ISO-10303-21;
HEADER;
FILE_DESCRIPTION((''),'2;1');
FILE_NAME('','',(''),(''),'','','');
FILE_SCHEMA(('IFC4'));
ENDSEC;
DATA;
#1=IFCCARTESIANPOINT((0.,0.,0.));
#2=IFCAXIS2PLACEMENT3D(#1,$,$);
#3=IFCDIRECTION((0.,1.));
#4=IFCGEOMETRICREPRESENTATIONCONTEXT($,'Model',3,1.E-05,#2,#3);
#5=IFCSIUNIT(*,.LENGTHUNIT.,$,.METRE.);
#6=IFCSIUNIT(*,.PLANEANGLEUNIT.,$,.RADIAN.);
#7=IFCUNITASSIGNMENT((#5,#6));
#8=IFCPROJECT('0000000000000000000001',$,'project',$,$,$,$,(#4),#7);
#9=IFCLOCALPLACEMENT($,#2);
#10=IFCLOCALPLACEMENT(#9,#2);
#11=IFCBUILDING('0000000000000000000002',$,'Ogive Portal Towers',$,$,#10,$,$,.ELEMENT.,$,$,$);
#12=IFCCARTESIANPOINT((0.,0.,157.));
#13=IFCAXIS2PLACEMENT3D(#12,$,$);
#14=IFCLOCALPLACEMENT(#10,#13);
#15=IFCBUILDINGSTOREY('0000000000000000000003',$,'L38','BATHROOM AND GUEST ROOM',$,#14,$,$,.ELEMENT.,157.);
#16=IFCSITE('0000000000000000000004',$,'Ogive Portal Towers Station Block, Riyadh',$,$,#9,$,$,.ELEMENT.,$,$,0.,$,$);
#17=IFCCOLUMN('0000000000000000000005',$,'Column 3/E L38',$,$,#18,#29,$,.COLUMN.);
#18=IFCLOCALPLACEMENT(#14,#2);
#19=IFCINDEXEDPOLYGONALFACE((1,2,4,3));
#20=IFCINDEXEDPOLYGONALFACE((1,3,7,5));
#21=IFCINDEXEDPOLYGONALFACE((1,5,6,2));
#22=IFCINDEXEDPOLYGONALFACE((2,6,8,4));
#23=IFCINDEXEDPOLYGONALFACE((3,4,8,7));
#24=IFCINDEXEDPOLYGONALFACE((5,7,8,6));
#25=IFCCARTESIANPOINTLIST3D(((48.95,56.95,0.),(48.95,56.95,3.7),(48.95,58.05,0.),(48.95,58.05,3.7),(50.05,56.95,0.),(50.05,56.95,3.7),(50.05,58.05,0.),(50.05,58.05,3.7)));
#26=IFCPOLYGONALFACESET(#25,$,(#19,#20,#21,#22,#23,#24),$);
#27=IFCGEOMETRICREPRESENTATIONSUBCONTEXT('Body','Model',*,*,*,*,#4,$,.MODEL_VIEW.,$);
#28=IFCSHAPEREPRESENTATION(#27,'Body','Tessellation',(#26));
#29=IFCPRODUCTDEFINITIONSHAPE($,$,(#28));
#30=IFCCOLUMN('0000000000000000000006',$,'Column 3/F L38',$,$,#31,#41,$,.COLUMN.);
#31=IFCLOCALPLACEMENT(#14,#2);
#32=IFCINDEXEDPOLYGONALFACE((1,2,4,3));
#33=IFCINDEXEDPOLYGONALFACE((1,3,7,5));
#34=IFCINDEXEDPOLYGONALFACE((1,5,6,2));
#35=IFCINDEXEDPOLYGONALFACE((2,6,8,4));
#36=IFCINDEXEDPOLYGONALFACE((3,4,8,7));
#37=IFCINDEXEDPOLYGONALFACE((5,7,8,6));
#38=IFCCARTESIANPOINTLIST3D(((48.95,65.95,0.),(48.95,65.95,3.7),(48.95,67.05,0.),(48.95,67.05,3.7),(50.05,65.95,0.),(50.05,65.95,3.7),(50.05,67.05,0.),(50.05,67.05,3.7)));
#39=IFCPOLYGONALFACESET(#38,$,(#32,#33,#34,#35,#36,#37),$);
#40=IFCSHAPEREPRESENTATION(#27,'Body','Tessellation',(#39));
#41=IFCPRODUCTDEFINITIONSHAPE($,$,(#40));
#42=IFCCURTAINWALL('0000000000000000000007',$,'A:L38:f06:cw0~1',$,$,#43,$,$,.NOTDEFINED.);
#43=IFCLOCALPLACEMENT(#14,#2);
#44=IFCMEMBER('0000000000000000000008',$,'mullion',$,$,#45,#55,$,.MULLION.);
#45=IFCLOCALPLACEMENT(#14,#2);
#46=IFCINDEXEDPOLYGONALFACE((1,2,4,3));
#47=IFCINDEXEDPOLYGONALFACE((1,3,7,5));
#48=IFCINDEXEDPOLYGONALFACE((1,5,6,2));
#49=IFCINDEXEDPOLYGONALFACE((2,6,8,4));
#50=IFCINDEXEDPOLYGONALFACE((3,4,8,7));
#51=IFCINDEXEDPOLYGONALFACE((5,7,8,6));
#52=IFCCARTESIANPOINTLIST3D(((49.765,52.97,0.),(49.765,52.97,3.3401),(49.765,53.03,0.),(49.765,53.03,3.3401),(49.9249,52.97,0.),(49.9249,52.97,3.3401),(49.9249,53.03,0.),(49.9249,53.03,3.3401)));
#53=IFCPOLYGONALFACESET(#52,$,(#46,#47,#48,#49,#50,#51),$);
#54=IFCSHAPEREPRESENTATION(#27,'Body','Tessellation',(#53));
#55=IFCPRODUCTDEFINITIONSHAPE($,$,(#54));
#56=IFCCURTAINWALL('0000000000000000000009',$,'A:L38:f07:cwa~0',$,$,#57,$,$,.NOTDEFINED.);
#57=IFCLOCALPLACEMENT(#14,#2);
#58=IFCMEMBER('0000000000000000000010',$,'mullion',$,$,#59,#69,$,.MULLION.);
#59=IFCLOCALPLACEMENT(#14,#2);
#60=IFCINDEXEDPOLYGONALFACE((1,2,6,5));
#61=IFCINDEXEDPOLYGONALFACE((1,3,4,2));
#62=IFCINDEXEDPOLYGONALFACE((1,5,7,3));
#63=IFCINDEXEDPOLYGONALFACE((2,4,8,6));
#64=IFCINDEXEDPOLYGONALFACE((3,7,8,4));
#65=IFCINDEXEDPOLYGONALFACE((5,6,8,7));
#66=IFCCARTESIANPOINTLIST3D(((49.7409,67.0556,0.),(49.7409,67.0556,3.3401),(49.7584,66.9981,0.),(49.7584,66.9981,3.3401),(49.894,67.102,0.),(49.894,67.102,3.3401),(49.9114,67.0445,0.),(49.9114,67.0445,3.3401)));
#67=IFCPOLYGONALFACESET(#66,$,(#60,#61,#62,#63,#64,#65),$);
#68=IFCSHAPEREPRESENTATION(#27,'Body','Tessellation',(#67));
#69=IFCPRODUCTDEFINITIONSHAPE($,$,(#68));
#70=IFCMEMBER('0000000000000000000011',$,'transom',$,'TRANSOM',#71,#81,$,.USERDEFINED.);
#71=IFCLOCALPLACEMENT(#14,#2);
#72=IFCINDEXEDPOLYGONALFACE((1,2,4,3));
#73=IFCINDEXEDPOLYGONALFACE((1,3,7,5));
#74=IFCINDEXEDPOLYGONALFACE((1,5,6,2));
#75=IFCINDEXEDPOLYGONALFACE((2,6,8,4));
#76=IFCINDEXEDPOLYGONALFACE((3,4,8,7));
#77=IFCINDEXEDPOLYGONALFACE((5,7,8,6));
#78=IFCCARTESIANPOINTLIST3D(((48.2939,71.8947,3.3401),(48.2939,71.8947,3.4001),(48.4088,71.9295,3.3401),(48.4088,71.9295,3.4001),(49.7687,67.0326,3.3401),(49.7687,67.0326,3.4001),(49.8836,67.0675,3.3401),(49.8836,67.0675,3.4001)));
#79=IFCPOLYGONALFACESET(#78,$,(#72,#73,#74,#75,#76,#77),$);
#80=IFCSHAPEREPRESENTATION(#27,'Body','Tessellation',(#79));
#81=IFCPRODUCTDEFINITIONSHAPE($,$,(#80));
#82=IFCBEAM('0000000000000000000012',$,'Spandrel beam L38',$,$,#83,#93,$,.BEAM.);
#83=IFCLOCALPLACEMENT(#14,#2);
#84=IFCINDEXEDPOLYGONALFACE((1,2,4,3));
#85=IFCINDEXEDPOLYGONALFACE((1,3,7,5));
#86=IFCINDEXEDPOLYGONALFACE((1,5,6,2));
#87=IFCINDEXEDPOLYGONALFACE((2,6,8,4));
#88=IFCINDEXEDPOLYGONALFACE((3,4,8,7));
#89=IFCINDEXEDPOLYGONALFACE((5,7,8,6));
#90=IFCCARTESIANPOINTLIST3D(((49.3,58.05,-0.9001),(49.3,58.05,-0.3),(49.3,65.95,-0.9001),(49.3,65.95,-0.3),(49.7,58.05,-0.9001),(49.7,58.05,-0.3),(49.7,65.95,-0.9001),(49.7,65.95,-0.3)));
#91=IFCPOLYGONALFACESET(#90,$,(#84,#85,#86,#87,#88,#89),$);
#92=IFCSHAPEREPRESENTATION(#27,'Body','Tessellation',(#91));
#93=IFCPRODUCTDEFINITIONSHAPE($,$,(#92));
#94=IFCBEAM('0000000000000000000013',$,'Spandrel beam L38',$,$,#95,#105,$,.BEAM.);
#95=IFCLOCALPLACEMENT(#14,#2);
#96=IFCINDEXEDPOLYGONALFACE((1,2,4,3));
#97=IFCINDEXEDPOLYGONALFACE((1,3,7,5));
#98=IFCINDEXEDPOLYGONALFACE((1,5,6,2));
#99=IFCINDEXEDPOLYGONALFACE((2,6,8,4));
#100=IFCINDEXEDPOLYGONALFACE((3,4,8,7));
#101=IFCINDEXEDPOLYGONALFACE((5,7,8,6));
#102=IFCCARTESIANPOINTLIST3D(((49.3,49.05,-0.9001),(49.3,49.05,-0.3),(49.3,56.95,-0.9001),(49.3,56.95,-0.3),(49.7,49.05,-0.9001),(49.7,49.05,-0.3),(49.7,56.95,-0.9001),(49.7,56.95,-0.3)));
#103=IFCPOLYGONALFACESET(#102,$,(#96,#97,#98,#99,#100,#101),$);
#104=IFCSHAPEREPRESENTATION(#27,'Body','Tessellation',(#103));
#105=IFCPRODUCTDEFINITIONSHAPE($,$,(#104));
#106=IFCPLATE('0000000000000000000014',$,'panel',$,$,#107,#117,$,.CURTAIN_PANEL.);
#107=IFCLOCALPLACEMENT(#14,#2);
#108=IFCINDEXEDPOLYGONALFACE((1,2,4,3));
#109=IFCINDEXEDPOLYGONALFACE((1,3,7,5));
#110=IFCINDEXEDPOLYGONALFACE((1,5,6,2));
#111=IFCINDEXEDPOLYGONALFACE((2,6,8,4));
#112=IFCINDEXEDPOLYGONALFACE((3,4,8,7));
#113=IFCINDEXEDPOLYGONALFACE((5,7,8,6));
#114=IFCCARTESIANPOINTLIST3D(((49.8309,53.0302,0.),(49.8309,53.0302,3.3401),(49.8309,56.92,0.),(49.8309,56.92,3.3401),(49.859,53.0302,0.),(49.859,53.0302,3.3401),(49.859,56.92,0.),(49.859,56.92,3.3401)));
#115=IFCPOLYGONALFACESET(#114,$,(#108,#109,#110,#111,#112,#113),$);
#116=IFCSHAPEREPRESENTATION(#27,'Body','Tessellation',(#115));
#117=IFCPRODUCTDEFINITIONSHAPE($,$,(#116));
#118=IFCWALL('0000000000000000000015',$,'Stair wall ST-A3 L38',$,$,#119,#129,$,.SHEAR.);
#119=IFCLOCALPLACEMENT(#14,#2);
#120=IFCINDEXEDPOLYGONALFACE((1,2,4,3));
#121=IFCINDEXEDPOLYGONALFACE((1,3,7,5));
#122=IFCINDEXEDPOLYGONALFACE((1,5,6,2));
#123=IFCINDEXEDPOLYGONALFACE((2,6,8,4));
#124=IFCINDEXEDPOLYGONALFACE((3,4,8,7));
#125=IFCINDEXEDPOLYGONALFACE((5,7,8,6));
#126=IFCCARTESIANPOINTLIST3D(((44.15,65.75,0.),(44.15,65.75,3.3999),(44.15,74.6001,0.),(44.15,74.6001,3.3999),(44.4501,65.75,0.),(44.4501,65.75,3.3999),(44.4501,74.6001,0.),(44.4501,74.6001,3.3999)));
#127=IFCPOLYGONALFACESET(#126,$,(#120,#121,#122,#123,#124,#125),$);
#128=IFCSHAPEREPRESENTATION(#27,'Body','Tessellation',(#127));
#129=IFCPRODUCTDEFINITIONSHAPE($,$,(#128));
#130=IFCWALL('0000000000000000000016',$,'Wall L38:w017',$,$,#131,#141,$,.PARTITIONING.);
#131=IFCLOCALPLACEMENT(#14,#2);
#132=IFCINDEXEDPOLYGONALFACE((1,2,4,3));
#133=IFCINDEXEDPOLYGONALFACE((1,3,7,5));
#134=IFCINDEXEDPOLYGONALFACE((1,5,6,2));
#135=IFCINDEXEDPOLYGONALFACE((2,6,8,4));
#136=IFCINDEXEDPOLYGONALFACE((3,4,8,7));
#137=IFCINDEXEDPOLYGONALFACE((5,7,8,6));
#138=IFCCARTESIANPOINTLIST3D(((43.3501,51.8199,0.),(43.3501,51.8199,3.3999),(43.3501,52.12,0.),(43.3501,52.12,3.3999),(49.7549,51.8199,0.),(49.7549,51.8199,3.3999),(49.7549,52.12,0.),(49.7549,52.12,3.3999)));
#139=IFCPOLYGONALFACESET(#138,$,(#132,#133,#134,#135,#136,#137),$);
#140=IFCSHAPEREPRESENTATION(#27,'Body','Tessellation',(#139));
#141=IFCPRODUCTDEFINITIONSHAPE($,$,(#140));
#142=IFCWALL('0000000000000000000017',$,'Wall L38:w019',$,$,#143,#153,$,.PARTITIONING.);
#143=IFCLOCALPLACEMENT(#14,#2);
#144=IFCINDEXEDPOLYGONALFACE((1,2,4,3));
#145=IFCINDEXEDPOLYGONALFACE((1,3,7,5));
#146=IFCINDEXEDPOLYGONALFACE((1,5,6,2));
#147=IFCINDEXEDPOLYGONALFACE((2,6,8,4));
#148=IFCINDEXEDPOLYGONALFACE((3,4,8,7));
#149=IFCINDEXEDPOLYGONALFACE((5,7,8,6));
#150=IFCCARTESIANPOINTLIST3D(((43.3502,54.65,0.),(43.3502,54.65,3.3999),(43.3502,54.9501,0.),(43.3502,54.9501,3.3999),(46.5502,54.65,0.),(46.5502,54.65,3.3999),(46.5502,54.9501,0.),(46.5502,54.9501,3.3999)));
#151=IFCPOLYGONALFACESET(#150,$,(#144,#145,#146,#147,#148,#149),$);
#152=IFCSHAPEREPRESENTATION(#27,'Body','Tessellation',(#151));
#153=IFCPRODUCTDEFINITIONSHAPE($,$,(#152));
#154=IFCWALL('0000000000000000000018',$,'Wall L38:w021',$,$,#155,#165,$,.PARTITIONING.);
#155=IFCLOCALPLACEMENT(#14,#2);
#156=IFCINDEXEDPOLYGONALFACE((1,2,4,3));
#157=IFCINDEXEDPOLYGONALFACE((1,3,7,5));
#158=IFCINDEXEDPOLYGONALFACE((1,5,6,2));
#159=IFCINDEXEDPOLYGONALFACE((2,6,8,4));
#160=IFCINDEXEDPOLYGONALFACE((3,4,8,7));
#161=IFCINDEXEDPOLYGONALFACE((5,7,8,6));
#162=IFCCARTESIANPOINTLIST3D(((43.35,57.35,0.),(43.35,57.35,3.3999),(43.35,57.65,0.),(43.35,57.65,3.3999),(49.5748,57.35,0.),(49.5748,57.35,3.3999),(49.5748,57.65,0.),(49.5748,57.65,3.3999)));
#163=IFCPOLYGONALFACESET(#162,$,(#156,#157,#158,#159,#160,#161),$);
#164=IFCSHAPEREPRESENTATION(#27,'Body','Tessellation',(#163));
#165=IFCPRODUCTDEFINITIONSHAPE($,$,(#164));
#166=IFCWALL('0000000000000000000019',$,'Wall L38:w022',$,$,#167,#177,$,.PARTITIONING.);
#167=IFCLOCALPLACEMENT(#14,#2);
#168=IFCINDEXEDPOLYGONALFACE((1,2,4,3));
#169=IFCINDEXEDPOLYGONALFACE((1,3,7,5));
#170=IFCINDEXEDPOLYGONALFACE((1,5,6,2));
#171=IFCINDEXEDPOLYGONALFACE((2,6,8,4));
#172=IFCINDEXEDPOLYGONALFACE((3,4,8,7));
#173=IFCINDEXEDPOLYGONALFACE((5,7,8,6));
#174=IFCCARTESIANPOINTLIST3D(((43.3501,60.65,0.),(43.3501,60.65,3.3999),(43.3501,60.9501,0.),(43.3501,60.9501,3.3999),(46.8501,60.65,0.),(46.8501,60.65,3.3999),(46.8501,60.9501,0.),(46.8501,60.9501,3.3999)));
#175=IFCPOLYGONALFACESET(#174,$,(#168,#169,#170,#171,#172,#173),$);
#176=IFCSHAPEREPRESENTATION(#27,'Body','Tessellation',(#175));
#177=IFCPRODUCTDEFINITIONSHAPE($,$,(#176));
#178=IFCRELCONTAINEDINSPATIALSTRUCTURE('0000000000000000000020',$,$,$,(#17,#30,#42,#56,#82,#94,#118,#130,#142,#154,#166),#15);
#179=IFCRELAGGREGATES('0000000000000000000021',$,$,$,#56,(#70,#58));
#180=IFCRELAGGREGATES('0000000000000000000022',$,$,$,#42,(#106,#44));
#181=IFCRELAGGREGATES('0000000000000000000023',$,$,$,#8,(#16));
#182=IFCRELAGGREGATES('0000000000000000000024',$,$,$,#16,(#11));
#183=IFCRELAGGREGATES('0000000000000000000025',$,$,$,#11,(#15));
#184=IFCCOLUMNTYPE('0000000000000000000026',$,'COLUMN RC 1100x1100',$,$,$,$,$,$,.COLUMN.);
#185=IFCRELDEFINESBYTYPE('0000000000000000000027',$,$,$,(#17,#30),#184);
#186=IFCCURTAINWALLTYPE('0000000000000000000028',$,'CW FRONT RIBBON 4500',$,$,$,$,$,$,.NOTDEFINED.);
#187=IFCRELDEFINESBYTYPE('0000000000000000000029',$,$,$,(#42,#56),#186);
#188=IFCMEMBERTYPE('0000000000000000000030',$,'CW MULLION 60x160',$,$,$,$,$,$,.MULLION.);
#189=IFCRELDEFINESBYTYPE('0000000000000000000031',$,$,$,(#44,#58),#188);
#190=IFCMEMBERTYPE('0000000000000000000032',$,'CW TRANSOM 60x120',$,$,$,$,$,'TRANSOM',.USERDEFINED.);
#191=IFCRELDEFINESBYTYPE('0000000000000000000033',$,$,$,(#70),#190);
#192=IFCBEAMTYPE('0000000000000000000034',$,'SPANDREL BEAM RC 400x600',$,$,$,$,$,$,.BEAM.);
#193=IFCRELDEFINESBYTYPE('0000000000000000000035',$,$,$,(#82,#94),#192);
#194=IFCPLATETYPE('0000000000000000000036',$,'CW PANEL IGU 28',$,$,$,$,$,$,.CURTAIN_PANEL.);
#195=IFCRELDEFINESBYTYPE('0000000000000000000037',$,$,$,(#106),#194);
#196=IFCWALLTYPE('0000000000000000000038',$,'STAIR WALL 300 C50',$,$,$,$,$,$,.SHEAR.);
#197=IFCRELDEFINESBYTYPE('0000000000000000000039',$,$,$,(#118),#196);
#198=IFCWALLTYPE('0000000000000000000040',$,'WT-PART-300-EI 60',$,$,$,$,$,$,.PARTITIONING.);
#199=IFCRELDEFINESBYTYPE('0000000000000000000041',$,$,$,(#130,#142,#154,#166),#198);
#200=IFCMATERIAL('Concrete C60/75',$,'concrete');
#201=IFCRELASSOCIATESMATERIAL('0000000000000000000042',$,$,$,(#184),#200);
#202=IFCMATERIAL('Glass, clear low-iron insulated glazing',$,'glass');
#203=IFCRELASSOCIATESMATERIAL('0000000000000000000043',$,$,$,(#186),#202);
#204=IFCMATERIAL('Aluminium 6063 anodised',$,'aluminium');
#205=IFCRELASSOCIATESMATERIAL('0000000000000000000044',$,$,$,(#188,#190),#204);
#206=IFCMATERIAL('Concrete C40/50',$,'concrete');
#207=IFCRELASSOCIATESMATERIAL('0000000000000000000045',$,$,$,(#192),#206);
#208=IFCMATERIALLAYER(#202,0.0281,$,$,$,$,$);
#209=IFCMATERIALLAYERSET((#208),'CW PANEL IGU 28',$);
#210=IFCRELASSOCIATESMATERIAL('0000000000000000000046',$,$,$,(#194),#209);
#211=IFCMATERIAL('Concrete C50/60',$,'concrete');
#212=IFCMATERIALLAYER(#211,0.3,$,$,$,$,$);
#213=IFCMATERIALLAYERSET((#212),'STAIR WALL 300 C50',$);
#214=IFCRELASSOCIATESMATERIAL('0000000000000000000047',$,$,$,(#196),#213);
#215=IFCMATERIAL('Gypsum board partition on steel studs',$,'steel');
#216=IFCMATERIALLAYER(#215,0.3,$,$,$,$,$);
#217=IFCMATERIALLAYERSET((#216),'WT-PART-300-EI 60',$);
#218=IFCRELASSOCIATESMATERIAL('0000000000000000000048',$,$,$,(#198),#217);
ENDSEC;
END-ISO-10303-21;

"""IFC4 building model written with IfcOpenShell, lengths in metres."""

from ifc_helpers import new_model, si_unit, direction, frame, frame_2d, origin, origin_2d, place, context, subcontext, project, spatial, rectangle, extrude, material, layer, layer_set, material_profile, profile_set, type_object, element, aggregate, save


model = new_model("IFC4")

# Units and contexts
model_context = context("Model", 3, precision=1e-05, world=origin(), true_north=direction((0.0, 1.0)))
body_context = subcontext(model_context, "Body", "Model", "MODEL_VIEW")
ifc_project = project(units=[si_unit("LENGTHUNIT", "METRE"), si_unit("PLANEANGLEUNIT", "RADIAN")], contexts=[model_context])

# Site, building, storey
site_placement = place(None, origin())
site = spatial("IfcSite", under=ifc_project, at=site_placement, Name="Ogive Portal Towers Station Block, Riyadh", CompositionType="ELEMENT", RefElevation=0.0)
building_placement = place(site_placement, origin())
building = spatial("IfcBuilding", under=site, at=building_placement, Name="Ogive Portal Towers", CompositionType="ELEMENT")
storey_placement = place(building_placement, frame((0.0, 0.0, 157.0)))
storey = spatial("IfcBuildingStorey", under=building, at=storey_placement, Name="L38", Description="BATHROOM AND GUEST ROOM", CompositionType="ELEMENT", Elevation=157.0)

# Columns
ifc_material_1 = material(Name="Concrete C60/75", Category="concrete")
ifc_material_profile_1 = material_profile(ifc_material_1, rectangle(XDim=1.1001, YDim=1.1001, at=origin_2d()), Name="RC 1100x1100")
ifc_profile_set_1 = profile_set([ifc_material_profile_1], Name="Concrete C60/75")
column_type = type_object("IfcColumnType", Name="COLUMN RC 1100x1100", PredefinedType="COLUMN", material=ifc_profile_set_1)
for number, where, z_axis, x_axis, name in (
    (1, (49.5, 57.5, 0.0), (0.0, 0.0, 1.0), (1.0, 0.0, 0.0), "Column 3/E L38"),
    (2, (49.5, 66.5, 0.0), (0.0, 0.0, 1.0), (1.0, 0.0, 0.0), "Column 3/F L38"),
):
    element("IfcColumn", number, at=place(storey_placement, frame(where, z_axis=z_axis, x_axis=x_axis)), inside=storey, type_object=column_type, Name=name, PredefinedType="COLUMN", context=body_context, shape_type="SweptSolid", body=[
        extrude(rectangle(XDim=1.1001, YDim=1.1001, at=origin_2d()), origin(), (0.0, 0.0, 1.0), 3.7),
    ])

# Curtain wall, member
ifc_material_2 = material(Name="Glass, clear low-iron insulated glazing", Category="glass")
curtain_wall_type = type_object("IfcCurtainWallType", Name="CW FRONT RIBBON 4500", PredefinedType="NOTDEFINED", material=ifc_material_2)
curtain_wall_1_placement = place(storey_placement, origin())
curtain_wall_1 = element("IfcCurtainWall", 3, at=curtain_wall_1_placement, inside=storey, type_object=curtain_wall_type, Name="A:L38:f06:cw0~1", PredefinedType="NOTDEFINED")
ifc_material_3 = material(Name="Aluminium 6063 anodised", Category="aluminium")
ifc_material_profile_2 = material_profile(ifc_material_3, rectangle(XDim=0.1599, YDim=0.0601, at=origin_2d()), Name="AL 60x160")
ifc_profile_set_2 = profile_set([ifc_material_profile_2], Name="Aluminium 6063 anodised")
member_type_1 = type_object("IfcMemberType", Name="CW MULLION 60x160", PredefinedType="MULLION", material=ifc_profile_set_2)
member_1_placement = place(storey_placement, frame((49.845, 53.0, 0.0), z_axis=(0.0, 0.0, 1.0), x_axis=(-1.0, 0.0, 0.0)))
member_1 = element("IfcMember", 4, at=member_1_placement, type_object=member_type_1, Name="mullion", PredefinedType="MULLION", context=body_context, shape_type="SweptSolid", body=[
    extrude(rectangle(XDim=0.1599, YDim=0.0601, at=origin_2d()), origin(), (0.0, 0.0, 1.0), 3.3401),
])

# Curtain wall, members
curtain_wall_2_placement = place(storey_placement, origin())
curtain_wall_2 = element("IfcCurtainWall", 5, at=curtain_wall_2_placement, inside=storey, type_object=curtain_wall_type, Name="A:L38:f07:cwa~0", PredefinedType="NOTDEFINED")
member_2_placement = place(storey_placement, frame((49.8262, 67.05, 0.0), z_axis=(0.0, 0.0, 1.0), x_axis=(-0.95694, -0.290285, 0.0)))
member_2 = element("IfcMember", 6, at=member_2_placement, type_object=member_type_1, Name="mullion", PredefinedType="MULLION", context=body_context, shape_type="SweptSolid", body=[
    extrude(rectangle(XDim=0.1599, YDim=0.0601, at=origin_2d()), origin(), (0.0, 0.0, 1.0), 3.3401),
])
ifc_material_profile_3 = material_profile(ifc_material_3, rectangle(XDim=0.1201, YDim=0.0601, at=origin_2d()), Name="AL 120x60")
ifc_profile_set_3 = profile_set([ifc_material_profile_3], Name="Aluminium 6063 anodised")
member_type_2 = type_object("IfcMemberType", Name="CW TRANSOM 60x120", ElementType="TRANSOM", PredefinedType="USERDEFINED", material=ifc_profile_set_3)
member_3_placement = place(storey_placement, frame((49.8262, 67.05, 3.3701), z_axis=(-0.290278, 0.956942, 0.0), x_axis=(-0.956942, -0.290278, 0.0)))
member_3 = element("IfcMember", 7, at=member_3_placement, type_object=member_type_2, Name="transom", ObjectType="TRANSOM", PredefinedType="USERDEFINED", context=body_context, shape_type="SweptSolid", body=[
    extrude(rectangle(XDim=0.1201, YDim=0.0601, at=origin_2d()), origin(), (0.0, 0.0, 1.0), 5.0808),
])
aggregate(curtain_wall_2, [member_3, member_2])

# Beams
ifc_material_4 = material(Name="Concrete C40/50", Category="concrete")
ifc_material_profile_4 = material_profile(ifc_material_4, rectangle(XDim=0.3999, YDim=0.6001, at=origin_2d()), Name="RC 400x600")
ifc_profile_set_4 = profile_set([ifc_material_profile_4], Name="Concrete C40/50")
beam_type = type_object("IfcBeamType", Name="SPANDREL BEAM RC 400x600", PredefinedType="BEAM", material=ifc_profile_set_4)
for number, where, z_axis, x_axis, name in (
    (8, (49.5, 65.95, -0.6001), (0.0, -1.0, 0.0), (1.0, 0.0, 0.0), "Spandrel beam L38"),
    (9, (49.5, 56.95, -0.6001), (0.0, -1.0, 0.0), (1.0, 0.0, 0.0), "Spandrel beam L38"),
):
    element("IfcBeam", number, at=place(storey_placement, frame(where, z_axis=z_axis, x_axis=x_axis)), inside=storey, type_object=beam_type, Name=name, PredefinedType="BEAM", context=body_context, shape_type="SweptSolid", body=[
        extrude(rectangle(XDim=0.3999, YDim=0.6001, at=origin_2d()), origin(), (0.0, 0.0, 1.0), 7.8999),
    ])

# Plate
ifc_layer_1 = layer(ifc_material_2, 0.0281)
ifc_layer_set_1 = layer_set([ifc_layer_1], Name="CW PANEL IGU 28")
plate_type = type_object("IfcPlateType", Name="CW PANEL IGU 28", PredefinedType="CURTAIN_PANEL", material=ifc_layer_set_1)
plate_placement = place(storey_placement, frame((49.845, 54.9751, 0.0), z_axis=(0.0, 0.0, 1.0), x_axis=(0.0, 1.0, 0.0)))
plate = element("IfcPlate", 10, at=plate_placement, type_object=plate_type, Name="panel", PredefinedType="CURTAIN_PANEL", context=body_context, shape_type="SweptSolid", body=[
    extrude(rectangle(XDim=3.8899, YDim=0.0281, at=origin_2d()), origin(), (0.0, 0.0, 1.0), 3.3401),
])
aggregate(curtain_wall_1, [plate, member_1])

# Walls
ifc_material_5 = material(Name="Concrete C50/60", Category="concrete")
ifc_layer_2 = layer(ifc_material_5, 0.3)
ifc_layer_set_2 = layer_set([ifc_layer_2], Name="STAIR WALL 300 C50")
wall_type_1 = type_object("IfcWallType", Name="STAIR WALL 300 C50", PredefinedType="SHEAR", material=ifc_layer_set_2)
wall_1_placement = place(storey_placement, frame((44.3, 65.75, 0.0), z_axis=(0.0, 0.0, 1.0), x_axis=(0.0, 1.0, 0.0)))
element("IfcWall", 11, at=wall_1_placement, inside=storey, type_object=wall_type_1, Name="Stair wall ST-A3 L38", PredefinedType="SHEAR", context=body_context, shape_type="SweptSolid", body=[
    extrude(rectangle(XDim=8.8501, YDim=0.3, at=frame_2d((4.425, 0.0))), origin(), (0.0, 0.0, 1.0), 3.3999),
])
ifc_material_6 = material(Name="Gypsum board partition on steel studs", Category="steel")
ifc_layer_3 = layer(ifc_material_6, 0.3)
ifc_layer_set_3 = layer_set([ifc_layer_3], Name="WT-PART-300-EI 60")
wall_type_2 = type_object("IfcWallType", Name="WT-PART-300-EI 60", PredefinedType="PARTITIONING", material=ifc_layer_set_3)
wall_2_placement = place(storey_placement, frame((43.3501, 51.97, 0.0), z_axis=(0.0, 0.0, 1.0), x_axis=(1.0, 0.0, 0.0)))
element("IfcWall", 12, at=wall_2_placement, inside=storey, type_object=wall_type_2, Name="Wall L38:w017", PredefinedType="PARTITIONING", context=body_context, shape_type="SweptSolid", body=[
    extrude(rectangle(XDim=6.4048, YDim=0.3, at=frame_2d((3.2024, 0.0))), origin(), (0.0, 0.0, 1.0), 3.3999),
])
wall_3_placement = place(storey_placement, frame((43.3501, 54.8, 0.0), z_axis=(0.0, 0.0, 1.0), x_axis=(1.0, 0.0, 0.0)))
element("IfcWall", 13, at=wall_3_placement, inside=storey, type_object=wall_type_2, Name="Wall L38:w019", PredefinedType="PARTITIONING", context=body_context, shape_type="SweptSolid", body=[
    extrude(rectangle(XDim=3.2, YDim=0.3, at=frame_2d((1.6001, 0.0))), origin(), (0.0, 0.0, 1.0), 3.3999),
])
wall_4_placement = place(storey_placement, frame((43.3501, 57.5, 0.0), z_axis=(0.0, 0.0, 1.0), x_axis=(1.0, 0.0, 0.0)))
element("IfcWall", 14, at=wall_4_placement, inside=storey, type_object=wall_type_2, Name="Wall L38:w021", PredefinedType="PARTITIONING", context=body_context, shape_type="SweptSolid", body=[
    extrude(rectangle(XDim=6.2249, YDim=0.3, at=frame_2d((3.1123, 0.0))), origin(), (0.0, 0.0, 1.0), 3.3999),
])
wall_5_placement = place(storey_placement, frame((43.3501, 60.8, 0.0), z_axis=(0.0, 0.0, 1.0), x_axis=(1.0, 0.0, 0.0)))
element("IfcWall", 15, at=wall_5_placement, inside=storey, type_object=wall_type_2, Name="Wall L38:w022", PredefinedType="PARTITIONING", context=body_context, shape_type="SweptSolid", body=[
    extrude(rectangle(XDim=3.5, YDim=0.3, at=frame_2d((1.75, 0.0))), origin(), (0.0, 0.0, 1.0), 3.3999),
])

save(model, "model.ifc")
